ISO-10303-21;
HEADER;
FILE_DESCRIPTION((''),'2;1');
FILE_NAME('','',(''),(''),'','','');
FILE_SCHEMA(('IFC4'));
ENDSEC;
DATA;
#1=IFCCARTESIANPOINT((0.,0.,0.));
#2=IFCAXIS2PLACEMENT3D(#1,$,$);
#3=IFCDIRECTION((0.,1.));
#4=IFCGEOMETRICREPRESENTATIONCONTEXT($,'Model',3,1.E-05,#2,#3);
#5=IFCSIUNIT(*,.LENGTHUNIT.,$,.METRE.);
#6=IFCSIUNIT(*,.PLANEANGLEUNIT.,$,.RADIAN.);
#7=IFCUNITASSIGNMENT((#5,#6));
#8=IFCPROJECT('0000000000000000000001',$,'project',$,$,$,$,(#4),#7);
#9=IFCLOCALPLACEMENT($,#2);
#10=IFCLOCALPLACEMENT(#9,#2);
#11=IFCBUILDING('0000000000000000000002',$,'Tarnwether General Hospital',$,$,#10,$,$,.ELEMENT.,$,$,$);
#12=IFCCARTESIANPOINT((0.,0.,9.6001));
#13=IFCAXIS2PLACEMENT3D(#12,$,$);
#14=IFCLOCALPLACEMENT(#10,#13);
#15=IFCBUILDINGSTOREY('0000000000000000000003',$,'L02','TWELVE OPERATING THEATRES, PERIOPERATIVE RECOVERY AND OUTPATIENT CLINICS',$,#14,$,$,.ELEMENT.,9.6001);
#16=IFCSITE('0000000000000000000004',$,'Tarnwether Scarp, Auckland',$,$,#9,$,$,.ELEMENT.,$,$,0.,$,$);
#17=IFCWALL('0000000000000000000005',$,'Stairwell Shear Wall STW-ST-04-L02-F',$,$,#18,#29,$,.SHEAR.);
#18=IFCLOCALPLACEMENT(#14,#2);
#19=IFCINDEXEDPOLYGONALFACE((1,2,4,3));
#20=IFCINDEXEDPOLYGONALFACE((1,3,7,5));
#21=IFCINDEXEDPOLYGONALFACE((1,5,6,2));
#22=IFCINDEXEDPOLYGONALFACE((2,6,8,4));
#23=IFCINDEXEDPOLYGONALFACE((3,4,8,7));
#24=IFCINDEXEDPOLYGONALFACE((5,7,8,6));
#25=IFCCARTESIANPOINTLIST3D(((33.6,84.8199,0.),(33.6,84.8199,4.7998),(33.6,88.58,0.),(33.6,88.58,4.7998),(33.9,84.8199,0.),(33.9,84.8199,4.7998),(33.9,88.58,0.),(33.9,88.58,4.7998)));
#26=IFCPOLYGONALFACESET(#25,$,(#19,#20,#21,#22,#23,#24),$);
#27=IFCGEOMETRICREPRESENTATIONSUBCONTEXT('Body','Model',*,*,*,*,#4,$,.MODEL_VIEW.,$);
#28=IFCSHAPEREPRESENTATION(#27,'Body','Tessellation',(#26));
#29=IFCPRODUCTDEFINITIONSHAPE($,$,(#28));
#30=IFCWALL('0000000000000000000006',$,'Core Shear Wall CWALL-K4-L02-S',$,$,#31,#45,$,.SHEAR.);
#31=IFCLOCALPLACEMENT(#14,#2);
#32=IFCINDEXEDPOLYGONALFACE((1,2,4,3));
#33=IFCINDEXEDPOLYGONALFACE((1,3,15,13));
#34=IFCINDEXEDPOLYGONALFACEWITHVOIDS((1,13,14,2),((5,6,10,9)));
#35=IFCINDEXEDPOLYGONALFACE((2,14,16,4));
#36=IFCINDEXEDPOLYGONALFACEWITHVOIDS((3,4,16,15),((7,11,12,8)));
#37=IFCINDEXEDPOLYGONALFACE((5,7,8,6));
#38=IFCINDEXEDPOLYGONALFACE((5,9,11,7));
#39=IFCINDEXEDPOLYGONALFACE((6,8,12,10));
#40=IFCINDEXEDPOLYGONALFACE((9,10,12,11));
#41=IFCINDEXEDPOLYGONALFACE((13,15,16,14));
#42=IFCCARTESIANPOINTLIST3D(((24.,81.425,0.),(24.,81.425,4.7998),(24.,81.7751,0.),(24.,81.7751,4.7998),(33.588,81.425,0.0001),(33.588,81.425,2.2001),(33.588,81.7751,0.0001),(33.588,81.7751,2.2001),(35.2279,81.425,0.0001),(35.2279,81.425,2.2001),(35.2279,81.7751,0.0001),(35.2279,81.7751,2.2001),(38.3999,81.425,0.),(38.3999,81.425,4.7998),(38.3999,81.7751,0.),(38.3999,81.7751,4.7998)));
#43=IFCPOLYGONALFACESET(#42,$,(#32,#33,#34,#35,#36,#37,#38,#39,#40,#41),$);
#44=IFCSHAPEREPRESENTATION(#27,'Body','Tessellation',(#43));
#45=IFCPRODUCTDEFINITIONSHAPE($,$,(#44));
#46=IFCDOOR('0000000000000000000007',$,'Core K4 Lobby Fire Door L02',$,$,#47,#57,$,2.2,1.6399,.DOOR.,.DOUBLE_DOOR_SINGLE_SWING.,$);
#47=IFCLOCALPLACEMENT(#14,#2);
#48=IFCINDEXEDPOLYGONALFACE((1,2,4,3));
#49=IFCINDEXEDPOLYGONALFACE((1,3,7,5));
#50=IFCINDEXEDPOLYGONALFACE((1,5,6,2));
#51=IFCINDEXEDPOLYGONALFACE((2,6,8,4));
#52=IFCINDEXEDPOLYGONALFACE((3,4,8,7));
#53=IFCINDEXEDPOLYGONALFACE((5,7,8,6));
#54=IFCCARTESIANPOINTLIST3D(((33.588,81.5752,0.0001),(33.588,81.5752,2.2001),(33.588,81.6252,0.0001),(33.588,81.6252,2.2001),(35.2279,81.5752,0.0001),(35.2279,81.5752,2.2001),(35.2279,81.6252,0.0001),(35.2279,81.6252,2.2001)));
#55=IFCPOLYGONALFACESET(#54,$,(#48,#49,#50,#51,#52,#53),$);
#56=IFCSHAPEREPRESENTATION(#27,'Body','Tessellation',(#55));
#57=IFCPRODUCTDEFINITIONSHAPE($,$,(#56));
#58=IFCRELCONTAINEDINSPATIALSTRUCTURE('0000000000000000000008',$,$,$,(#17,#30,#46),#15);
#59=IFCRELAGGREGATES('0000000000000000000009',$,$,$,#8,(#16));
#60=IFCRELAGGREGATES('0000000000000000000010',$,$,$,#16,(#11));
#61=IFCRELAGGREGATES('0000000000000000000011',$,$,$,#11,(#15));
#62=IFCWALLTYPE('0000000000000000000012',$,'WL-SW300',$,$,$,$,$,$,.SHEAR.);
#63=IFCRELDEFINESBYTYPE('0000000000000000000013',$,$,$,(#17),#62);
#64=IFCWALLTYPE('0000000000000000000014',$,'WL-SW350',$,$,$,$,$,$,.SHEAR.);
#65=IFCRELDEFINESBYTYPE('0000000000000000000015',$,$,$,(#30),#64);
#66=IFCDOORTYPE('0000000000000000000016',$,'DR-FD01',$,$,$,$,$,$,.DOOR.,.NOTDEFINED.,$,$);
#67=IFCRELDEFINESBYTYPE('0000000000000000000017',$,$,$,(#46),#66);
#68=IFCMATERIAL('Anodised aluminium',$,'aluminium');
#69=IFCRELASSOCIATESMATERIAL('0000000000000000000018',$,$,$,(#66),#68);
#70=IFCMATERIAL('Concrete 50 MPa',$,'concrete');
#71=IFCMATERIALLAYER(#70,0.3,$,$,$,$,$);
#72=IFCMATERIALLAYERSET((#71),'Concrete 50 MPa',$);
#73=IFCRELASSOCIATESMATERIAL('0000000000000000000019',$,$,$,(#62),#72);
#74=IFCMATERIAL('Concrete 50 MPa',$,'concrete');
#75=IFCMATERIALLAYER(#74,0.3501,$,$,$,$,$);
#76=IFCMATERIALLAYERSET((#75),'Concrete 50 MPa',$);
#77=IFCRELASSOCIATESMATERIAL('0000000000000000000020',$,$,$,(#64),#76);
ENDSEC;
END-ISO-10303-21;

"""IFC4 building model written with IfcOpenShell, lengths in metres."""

from ifc_helpers import new_model, si_unit, direction, frame, frame_2d, origin, place, context, subcontext, project, spatial, rectangle, extrude, material, layer, layer_set, type_object, element, fill, save


model = new_model("IFC4")

# Units and contexts
model_context = context("Model", 3, precision=1e-05, world=origin(), true_north=direction((0.0, 1.0)))
body_context = subcontext(model_context, "Body", "Model", "MODEL_VIEW")
ifc_project = project(units=[si_unit("LENGTHUNIT", "METRE"), si_unit("PLANEANGLEUNIT", "RADIAN")], contexts=[model_context])

# Site, building, storey
site_placement = place(None, origin())
site = spatial("IfcSite", under=ifc_project, at=site_placement, Name="Tarnwether Scarp, Auckland", CompositionType="ELEMENT", RefElevation=0.0)
building_placement = place(site_placement, origin())
building = spatial("IfcBuilding", under=site, at=building_placement, Name="Tarnwether General Hospital", CompositionType="ELEMENT")
storey_placement = place(building_placement, frame((0.0, 0.0, 9.6001)))
storey = spatial("IfcBuildingStorey", under=building, at=storey_placement, Name="L02", Description="TWELVE OPERATING THEATRES, PERIOPERATIVE RECOVERY AND OUTPATIENT CLINICS", CompositionType="ELEMENT", Elevation=9.6001)

# Shared definitions
ifc_material_1 = material(Name="Anodised aluminium", Category="aluminium")
door_type_1 = type_object("IfcDoorType", Name="DR-FD01", OperationType="NOTDEFINED", PredefinedType="DOOR", material=ifc_material_1)

# Wall
ifc_material_2 = material(Name="Concrete 50 MPa", Category="concrete")
ifc_layer_1 = layer(ifc_material_2, 0.3)
ifc_layer_set_1 = layer_set([ifc_layer_1], Name="Concrete 50 MPa")
wall_type_1 = type_object("IfcWallType", Name="WL-SW300", PredefinedType="SHEAR", material=ifc_layer_set_1)
wall_1_placement = place(storey_placement, frame((33.75, 84.8201, 0.0), z_axis=(0.0, 0.0, 1.0), x_axis=(0.0, 1.0, 0.0)))
element("IfcWall", 1, at=wall_1_placement, inside=storey, type_object=wall_type_1, Name="Stairwell Shear Wall STW-ST-04-L02-F", PredefinedType="SHEAR", context=body_context, shape_type="SweptSolid", body=[
    extrude(rectangle(XDim=3.76, YDim=0.3, at=frame_2d((1.8799, 0.0))), origin(), (0.0, 0.0, 1.0), 4.7998),
])

# Wall, opening, door
ifc_material_3 = material(Name="Concrete 50 MPa", Category="concrete")
ifc_layer_2 = layer(ifc_material_3, 0.3501)
ifc_layer_set_2 = layer_set([ifc_layer_2], Name="Concrete 50 MPa")
wall_type_2 = type_object("IfcWallType", Name="WL-SW350", PredefinedType="SHEAR", material=ifc_layer_set_2)
wall_2_placement = place(storey_placement, frame((38.3999, 81.6001, 0.0), z_axis=(0.0, 0.0, 1.0), x_axis=(-1.0, 0.0, 0.0)))
wall_2 = element("IfcWall", 2, at=wall_2_placement, inside=storey, type_object=wall_type_2, Name="Core Shear Wall CWALL-K4-L02-S", PredefinedType="SHEAR", context=body_context, shape_type="SweptSolid", body=[
    extrude(rectangle(XDim=14.3999, YDim=0.3501, at=frame_2d((7.2, 0.0))), origin(), (0.0, 0.0, 1.0), 4.7998),
])
opening_1_placement = place(wall_2_placement, frame((3.1721, 0.0, 0.0)))
opening_1 = element("IfcOpeningElement", 3, at=opening_1_placement, cuts=wall_2, PredefinedType="OPENING", context=body_context, shape_type="SweptSolid", body=[
    extrude(rectangle(XDim=1.6399, YDim=2.2, at=frame_2d((0.8198, 1.1001))), frame((0.0, 0.1851, 0.0), z_axis=(0.0, -1.0, 0.0), x_axis=(1.0, 0.0, 0.0)), (0.0, 0.0, 1.0), 0.3701),
])
door_1_placement = place(opening_1_placement, origin())
door_1 = element("IfcDoor", 4, at=door_1_placement, inside=storey, type_object=door_type_1, Name="Core K4 Lobby Fire Door L02", OperationType="DOUBLE_DOOR_SINGLE_SWING", OverallHeight=2.2, OverallWidth=1.6399, PredefinedType="DOOR", context=body_context, shape_type="SweptSolid", body=[
    extrude(rectangle(XDim=1.6399, YDim=2.2, at=frame_2d((0.8198, 1.1001))), frame((0.0, 0.0249, 0.0), z_axis=(0.0, -1.0, 0.0), x_axis=(1.0, 0.0, 0.0)), (0.0, 0.0, 1.0), 0.05),
])
fill(opening_1, door_1)

save(model, "model.ifc")
